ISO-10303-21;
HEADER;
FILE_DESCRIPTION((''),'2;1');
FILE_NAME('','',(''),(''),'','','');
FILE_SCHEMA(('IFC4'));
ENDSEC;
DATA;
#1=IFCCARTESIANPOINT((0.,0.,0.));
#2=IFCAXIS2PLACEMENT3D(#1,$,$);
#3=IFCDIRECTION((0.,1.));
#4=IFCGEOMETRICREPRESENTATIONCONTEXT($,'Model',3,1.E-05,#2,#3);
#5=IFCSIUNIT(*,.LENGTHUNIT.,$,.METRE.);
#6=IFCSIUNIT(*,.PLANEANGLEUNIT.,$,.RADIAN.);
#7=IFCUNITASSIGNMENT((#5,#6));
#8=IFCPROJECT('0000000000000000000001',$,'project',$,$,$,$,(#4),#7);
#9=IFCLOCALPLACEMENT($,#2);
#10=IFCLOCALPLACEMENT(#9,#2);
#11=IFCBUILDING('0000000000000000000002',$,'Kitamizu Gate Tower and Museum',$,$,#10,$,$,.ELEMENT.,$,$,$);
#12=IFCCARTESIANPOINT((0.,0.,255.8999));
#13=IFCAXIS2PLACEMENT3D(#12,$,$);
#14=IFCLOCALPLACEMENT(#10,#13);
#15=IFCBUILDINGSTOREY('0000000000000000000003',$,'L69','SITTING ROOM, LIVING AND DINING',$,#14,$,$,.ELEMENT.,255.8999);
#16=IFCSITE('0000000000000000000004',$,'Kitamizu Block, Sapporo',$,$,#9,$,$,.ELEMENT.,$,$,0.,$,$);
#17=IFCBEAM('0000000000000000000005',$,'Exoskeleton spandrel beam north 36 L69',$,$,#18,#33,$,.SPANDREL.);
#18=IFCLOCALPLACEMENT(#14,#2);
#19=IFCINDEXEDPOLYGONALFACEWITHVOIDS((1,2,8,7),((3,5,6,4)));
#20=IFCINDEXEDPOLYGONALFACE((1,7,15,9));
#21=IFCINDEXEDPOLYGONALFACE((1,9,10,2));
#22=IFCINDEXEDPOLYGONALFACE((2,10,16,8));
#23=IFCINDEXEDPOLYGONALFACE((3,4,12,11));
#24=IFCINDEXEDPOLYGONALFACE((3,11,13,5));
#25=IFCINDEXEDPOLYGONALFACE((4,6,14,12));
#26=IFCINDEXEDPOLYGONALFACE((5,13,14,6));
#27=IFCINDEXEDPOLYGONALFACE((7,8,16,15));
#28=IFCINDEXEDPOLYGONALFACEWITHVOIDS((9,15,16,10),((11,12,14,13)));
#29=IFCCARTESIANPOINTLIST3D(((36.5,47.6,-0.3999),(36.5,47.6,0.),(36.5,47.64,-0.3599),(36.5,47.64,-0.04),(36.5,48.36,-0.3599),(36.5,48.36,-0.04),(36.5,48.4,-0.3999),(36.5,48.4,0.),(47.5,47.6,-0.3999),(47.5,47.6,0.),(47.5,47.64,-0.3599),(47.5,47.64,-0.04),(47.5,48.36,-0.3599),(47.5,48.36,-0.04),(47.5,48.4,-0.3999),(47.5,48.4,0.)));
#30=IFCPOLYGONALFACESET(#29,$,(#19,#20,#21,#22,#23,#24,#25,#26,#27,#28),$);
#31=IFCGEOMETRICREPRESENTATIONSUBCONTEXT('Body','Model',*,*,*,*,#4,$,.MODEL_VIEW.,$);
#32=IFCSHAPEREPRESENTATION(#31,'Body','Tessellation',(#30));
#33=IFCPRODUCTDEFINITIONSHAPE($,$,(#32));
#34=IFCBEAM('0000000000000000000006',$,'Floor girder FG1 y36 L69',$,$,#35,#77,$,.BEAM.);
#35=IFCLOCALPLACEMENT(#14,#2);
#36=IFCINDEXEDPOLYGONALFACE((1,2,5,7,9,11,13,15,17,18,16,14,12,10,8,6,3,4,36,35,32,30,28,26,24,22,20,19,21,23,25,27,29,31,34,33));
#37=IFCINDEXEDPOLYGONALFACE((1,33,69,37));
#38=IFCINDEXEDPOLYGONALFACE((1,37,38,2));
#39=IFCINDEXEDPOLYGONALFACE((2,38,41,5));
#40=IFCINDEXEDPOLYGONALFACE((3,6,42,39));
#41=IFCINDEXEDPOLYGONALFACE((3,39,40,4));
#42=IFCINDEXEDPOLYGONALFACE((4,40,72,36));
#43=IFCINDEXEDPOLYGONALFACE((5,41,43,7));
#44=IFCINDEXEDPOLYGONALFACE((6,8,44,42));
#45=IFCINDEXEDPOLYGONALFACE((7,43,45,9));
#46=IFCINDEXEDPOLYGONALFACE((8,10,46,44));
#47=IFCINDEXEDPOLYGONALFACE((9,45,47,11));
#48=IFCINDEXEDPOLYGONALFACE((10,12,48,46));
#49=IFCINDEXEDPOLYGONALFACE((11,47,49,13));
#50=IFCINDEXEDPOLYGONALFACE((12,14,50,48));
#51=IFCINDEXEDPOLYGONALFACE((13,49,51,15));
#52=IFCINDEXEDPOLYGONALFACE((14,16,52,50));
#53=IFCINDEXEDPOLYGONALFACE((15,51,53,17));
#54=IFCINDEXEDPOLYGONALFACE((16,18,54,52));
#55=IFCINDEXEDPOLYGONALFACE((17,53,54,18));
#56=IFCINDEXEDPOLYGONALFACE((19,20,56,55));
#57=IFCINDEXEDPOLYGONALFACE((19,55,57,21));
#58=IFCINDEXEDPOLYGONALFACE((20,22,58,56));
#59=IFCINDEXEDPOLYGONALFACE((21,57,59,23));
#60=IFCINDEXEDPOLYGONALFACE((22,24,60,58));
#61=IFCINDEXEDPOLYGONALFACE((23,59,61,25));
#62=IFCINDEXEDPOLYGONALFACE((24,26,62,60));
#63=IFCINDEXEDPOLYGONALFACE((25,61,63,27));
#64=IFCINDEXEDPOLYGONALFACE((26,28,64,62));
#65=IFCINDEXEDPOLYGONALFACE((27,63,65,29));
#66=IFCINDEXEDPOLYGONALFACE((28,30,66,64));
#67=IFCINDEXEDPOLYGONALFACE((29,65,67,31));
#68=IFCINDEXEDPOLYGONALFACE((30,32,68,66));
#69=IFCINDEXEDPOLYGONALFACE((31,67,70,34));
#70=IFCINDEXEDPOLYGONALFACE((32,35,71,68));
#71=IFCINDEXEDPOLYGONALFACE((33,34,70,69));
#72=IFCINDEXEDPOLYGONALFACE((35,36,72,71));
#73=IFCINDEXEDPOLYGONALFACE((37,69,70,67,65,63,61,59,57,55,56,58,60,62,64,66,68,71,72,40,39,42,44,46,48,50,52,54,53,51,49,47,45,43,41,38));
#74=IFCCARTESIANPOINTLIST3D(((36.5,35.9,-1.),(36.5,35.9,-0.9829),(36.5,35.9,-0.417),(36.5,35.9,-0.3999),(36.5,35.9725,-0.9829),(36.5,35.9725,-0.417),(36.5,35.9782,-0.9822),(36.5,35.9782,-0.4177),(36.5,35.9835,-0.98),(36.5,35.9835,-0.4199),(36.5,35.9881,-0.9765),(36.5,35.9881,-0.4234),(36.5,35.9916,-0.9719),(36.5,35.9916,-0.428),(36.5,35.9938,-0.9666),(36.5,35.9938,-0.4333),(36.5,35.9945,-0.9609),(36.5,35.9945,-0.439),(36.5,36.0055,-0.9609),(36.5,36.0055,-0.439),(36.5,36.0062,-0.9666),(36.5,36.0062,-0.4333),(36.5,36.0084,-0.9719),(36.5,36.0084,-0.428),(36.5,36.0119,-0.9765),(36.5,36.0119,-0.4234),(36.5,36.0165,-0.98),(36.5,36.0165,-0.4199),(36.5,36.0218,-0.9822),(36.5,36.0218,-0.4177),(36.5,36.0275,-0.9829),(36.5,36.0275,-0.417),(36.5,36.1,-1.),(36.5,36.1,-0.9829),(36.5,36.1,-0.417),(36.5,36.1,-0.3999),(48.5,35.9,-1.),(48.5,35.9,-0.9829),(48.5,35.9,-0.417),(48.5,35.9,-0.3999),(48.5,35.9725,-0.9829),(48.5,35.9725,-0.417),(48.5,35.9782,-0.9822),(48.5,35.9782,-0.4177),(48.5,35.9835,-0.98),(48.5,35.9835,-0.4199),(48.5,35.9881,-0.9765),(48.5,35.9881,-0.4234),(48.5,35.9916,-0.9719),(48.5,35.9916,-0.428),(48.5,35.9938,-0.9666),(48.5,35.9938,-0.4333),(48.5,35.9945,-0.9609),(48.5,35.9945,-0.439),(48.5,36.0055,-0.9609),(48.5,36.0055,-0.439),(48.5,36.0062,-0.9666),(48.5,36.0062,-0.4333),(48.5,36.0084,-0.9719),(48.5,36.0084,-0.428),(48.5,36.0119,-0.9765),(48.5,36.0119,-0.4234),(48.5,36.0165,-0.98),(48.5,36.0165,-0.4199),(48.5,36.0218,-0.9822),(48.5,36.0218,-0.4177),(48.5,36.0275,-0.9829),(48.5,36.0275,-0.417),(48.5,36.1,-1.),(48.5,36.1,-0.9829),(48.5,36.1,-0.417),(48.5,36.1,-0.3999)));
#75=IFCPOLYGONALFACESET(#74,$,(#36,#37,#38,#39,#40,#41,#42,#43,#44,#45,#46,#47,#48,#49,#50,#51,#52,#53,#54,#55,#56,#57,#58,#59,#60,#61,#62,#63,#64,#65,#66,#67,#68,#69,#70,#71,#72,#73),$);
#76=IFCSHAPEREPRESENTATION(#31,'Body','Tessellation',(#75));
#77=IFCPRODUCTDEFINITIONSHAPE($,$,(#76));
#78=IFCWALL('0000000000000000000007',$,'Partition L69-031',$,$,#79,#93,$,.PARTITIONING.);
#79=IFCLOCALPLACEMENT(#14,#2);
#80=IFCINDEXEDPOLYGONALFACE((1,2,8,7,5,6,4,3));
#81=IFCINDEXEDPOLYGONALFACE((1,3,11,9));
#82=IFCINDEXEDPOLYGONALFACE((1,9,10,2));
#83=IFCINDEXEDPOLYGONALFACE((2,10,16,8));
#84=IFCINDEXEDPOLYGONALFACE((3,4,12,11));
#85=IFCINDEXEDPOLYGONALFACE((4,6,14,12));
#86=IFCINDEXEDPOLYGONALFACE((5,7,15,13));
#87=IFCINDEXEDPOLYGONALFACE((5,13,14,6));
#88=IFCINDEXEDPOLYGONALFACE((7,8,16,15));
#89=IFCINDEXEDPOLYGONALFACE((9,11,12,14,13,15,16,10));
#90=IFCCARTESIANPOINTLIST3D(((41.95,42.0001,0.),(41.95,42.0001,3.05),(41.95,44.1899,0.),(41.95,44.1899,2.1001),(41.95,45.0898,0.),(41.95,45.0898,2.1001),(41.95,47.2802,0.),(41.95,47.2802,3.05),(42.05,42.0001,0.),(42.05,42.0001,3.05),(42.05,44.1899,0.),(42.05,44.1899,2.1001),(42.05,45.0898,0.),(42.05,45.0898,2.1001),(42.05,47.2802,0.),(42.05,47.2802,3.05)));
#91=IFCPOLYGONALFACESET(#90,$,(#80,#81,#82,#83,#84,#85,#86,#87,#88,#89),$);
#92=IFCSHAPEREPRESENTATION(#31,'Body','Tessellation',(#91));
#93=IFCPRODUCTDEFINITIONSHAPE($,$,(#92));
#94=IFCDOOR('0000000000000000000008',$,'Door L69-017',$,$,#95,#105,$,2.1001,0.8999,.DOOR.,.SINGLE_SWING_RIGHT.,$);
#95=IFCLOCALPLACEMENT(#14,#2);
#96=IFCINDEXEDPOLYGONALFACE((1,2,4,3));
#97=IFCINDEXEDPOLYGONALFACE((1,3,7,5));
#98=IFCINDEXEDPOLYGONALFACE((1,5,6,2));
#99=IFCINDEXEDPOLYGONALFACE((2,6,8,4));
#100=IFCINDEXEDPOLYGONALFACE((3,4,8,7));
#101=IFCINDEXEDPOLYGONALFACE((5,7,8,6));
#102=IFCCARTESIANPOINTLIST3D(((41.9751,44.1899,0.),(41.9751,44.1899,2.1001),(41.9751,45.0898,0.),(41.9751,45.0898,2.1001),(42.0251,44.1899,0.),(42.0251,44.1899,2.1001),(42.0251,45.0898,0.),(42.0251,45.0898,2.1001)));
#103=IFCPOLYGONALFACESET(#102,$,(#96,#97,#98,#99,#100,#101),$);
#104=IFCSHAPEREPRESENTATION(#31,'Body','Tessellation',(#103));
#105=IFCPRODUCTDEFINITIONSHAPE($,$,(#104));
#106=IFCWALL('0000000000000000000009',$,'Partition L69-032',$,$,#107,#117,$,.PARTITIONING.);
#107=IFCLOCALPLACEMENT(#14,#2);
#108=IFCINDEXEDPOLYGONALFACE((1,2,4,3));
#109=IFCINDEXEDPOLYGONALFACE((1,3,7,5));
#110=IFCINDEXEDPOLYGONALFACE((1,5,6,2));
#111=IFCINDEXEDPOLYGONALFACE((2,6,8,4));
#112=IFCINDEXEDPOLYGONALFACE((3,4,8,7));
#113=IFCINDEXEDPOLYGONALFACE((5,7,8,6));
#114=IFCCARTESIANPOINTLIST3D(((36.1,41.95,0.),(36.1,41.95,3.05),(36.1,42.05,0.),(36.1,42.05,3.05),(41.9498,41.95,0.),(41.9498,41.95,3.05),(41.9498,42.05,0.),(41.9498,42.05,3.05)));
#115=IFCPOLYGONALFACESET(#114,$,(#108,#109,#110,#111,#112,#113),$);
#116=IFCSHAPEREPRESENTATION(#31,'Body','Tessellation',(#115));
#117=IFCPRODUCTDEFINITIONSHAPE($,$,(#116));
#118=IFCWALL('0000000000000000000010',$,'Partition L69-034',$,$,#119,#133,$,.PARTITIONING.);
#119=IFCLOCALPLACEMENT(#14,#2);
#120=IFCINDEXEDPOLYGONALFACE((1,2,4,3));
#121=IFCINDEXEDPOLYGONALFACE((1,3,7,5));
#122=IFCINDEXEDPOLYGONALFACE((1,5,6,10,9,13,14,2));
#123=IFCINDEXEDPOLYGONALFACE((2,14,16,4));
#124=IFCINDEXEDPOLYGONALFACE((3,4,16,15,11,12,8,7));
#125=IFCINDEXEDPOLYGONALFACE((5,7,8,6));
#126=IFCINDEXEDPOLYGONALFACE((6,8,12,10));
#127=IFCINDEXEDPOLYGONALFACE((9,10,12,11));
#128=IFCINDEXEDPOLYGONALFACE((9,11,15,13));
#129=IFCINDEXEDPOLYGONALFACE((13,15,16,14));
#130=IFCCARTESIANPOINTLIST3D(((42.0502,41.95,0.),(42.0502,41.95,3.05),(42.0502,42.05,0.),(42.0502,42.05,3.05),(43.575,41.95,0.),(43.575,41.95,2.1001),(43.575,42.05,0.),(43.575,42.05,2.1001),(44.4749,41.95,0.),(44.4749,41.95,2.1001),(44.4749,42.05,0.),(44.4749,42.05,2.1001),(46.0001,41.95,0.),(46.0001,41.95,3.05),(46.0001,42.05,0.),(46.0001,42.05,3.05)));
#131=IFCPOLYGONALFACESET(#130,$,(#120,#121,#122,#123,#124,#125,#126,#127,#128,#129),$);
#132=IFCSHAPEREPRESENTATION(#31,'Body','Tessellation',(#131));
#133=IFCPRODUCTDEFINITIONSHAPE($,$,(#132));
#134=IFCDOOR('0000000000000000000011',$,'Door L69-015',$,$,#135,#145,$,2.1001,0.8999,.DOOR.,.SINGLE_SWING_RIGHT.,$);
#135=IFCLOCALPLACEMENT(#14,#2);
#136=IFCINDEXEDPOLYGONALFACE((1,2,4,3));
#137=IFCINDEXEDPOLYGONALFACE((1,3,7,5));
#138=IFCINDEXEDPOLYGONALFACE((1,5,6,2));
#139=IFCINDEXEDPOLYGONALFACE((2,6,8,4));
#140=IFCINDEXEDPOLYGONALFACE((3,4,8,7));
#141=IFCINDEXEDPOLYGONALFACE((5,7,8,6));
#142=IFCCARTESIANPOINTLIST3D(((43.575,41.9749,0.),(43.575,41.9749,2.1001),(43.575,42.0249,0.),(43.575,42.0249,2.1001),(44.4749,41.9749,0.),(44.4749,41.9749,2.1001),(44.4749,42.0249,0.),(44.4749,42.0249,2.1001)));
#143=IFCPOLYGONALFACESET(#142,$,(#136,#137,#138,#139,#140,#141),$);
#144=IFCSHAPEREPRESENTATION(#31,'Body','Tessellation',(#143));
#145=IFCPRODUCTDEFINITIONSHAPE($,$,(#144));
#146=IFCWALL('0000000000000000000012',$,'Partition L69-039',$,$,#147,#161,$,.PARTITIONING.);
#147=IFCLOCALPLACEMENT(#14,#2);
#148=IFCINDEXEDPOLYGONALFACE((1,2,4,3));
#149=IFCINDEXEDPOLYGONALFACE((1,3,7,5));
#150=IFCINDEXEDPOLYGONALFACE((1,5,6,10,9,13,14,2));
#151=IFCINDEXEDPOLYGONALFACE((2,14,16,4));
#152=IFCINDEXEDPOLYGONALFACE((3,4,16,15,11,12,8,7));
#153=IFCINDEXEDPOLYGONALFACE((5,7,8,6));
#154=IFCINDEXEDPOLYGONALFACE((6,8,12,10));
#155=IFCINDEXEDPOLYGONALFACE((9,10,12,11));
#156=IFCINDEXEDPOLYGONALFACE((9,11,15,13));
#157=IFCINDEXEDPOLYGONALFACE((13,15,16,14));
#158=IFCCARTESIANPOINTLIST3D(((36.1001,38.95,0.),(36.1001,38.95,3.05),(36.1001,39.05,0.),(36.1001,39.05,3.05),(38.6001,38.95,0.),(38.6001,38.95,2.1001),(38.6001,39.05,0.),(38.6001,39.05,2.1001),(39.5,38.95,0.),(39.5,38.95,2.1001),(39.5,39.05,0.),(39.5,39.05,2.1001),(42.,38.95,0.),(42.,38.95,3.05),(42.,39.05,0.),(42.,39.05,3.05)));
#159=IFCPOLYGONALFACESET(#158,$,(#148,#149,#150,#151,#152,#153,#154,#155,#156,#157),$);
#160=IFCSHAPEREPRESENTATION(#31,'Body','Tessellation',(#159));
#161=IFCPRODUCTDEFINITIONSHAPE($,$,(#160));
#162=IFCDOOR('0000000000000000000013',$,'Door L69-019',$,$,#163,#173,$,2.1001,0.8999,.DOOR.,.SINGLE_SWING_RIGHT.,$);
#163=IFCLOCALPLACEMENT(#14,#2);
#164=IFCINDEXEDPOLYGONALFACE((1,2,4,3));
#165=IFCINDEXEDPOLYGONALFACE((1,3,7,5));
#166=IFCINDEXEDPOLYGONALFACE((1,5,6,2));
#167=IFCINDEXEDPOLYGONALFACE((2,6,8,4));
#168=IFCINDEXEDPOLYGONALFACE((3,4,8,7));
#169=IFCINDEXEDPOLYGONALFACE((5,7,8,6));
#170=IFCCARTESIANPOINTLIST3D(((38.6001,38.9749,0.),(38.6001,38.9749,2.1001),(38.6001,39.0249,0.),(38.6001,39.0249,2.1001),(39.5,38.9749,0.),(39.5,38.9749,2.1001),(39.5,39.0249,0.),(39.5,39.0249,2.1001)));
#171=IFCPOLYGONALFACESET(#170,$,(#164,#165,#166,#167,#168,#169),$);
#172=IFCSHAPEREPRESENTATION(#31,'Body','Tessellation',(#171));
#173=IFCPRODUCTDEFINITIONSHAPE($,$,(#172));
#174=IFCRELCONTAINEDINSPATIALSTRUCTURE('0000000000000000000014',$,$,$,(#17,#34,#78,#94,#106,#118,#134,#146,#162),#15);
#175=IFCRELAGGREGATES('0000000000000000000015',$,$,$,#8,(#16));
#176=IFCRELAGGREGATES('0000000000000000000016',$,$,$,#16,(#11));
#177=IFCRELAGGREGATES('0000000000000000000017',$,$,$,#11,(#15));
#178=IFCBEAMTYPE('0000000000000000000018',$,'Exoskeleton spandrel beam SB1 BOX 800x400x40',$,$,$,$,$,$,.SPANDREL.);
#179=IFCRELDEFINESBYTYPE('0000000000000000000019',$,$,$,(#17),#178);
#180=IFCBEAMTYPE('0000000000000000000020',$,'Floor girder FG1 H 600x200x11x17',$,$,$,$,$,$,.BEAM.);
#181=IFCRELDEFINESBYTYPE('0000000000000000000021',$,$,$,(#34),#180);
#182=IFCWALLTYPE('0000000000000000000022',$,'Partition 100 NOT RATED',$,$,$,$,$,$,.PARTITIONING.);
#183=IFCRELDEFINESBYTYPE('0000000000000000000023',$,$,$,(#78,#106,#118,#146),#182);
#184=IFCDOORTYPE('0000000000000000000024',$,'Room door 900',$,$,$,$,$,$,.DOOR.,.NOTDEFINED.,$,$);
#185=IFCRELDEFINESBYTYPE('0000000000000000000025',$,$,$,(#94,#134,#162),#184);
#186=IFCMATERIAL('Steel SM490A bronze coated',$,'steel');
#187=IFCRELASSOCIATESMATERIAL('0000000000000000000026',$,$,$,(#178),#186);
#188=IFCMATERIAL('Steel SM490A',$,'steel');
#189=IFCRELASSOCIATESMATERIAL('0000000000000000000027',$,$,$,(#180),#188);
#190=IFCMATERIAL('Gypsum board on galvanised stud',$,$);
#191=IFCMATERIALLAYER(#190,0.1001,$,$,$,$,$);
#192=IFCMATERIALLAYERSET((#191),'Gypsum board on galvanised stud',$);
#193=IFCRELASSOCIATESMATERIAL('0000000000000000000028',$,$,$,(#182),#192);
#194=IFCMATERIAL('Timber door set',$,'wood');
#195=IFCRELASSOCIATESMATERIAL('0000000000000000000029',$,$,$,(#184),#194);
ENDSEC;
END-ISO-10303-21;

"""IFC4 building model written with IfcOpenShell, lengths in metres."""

from ifc_helpers import new_model, si_unit, direction, frame, frame_2d, origin, origin_2d, place, context, subcontext, project, spatial, rectangle, hollow_rectangle, i_section, extrude, material, layer, layer_set, material_profile, profile_set, type_object, element, fill, save


model = new_model("IFC4")

# Units and contexts
model_context = context("Model", 3, precision=1e-05, world=origin(), true_north=direction((0.0, 1.0)))
body_context = subcontext(model_context, "Body", "Model", "MODEL_VIEW")
ifc_project = project(units=[si_unit("LENGTHUNIT", "METRE"), si_unit("PLANEANGLEUNIT", "RADIAN")], contexts=[model_context])

# Site, building, storey
site_placement = place(None, origin())
site = spatial("IfcSite", under=ifc_project, at=site_placement, Name="Kitamizu Block, Sapporo", CompositionType="ELEMENT", RefElevation=0.0)
building_placement = place(site_placement, origin())
building = spatial("IfcBuilding", under=site, at=building_placement, Name="Kitamizu Gate Tower and Museum", CompositionType="ELEMENT")
storey_placement = place(building_placement, frame((0.0, 0.0, 255.8999)))
storey = spatial("IfcBuildingStorey", under=building, at=storey_placement, Name="L69", Description="SITTING ROOM, LIVING AND DINING", CompositionType="ELEMENT", Elevation=255.8999)

# Beams
ifc_material_1 = material(Name="Steel SM490A bronze coated", Category="steel")
ifc_material_profile_1 = material_profile(ifc_material_1, hollow_rectangle(XDim=0.8, YDim=0.3999, WallThickness=0.04, at=origin_2d()), Name="BOX 800x400x40")
ifc_profile_set_1 = profile_set([ifc_material_profile_1], Name="Steel SM490A bronze coated")
beam_type_1 = type_object("IfcBeamType", Name="Exoskeleton spandrel beam SB1 BOX 800x400x40", PredefinedType="SPANDREL", material=ifc_profile_set_1)
beam_1_placement = place(storey_placement, frame((36.5, 48.0, -0.2), z_axis=(1.0, 0.0, 0.0), x_axis=(0.0, 1.0, 0.0)))
element("IfcBeam", 1, at=beam_1_placement, inside=storey, type_object=beam_type_1, Name="Exoskeleton spandrel beam north 36 L69", PredefinedType="SPANDREL", context=body_context, shape_type="SweptSolid", body=[
    extrude(hollow_rectangle(XDim=0.8, YDim=0.3999, WallThickness=0.04, at=origin_2d()), origin(), (0.0, 0.0, 1.0), 11.0),
])
ifc_material_2 = material(Name="Steel SM490A", Category="steel")
ifc_material_profile_2 = material_profile(ifc_material_2, i_section(OverallWidth=0.2, OverallDepth=0.6001, WebThickness=0.011, FlangeThickness=0.0171, FilletRadius=0.022, at=origin_2d()), Name="H-600x200x11x17")
ifc_profile_set_2 = profile_set([ifc_material_profile_2], Name="Steel SM490A")
beam_type_2 = type_object("IfcBeamType", Name="Floor girder FG1 H 600x200x11x17", PredefinedType="BEAM", material=ifc_profile_set_2)
beam_2_placement = place(storey_placement, frame((36.5, 36.0, -0.7), z_axis=(1.0, 0.0, 0.0), x_axis=(0.0, 1.0, 0.0)))
element("IfcBeam", 2, at=beam_2_placement, inside=storey, type_object=beam_type_2, Name="Floor girder FG1 y36 L69", PredefinedType="BEAM", context=body_context, shape_type="SweptSolid", body=[
    extrude(i_section(OverallWidth=0.2, OverallDepth=0.6001, WebThickness=0.011, FlangeThickness=0.0171, FilletRadius=0.022, at=origin_2d()), origin(), (0.0, 0.0, 1.0), 12.0),
])

# Wall, opening, door
ifc_material_3 = material(Name="Gypsum board on galvanised stud")
ifc_layer_1 = layer(ifc_material_3, 0.1001)
ifc_layer_set_1 = layer_set([ifc_layer_1], Name="Gypsum board on galvanised stud")
wall_type_1 = type_object("IfcWallType", Name="Partition 100 NOT RATED", PredefinedType="PARTITIONING", material=ifc_layer_set_1)
wall_1_placement = place(storey_placement, frame((42.0, 42.0, 0.0), z_axis=(0.0, 0.0, 1.0), x_axis=(0.0, 1.0, 0.0)))
wall_1 = element("IfcWall", 3, at=wall_1_placement, inside=storey, type_object=wall_type_1, Name="Partition L69-031", PredefinedType="PARTITIONING", context=body_context, shape_type="SweptSolid", body=[
    extrude(rectangle(XDim=5.28, YDim=0.1001, at=frame_2d((2.6401, 0.0))), origin(), (0.0, 0.0, 1.0), 3.05),
])
opening_1_placement = place(wall_1_placement, frame((2.1899, 0.0, 0.0)))
opening_1 = element("IfcOpeningElement", 4, at=opening_1_placement, cuts=wall_1, PredefinedType="OPENING", context=body_context, shape_type="SweptSolid", body=[
    extrude(rectangle(XDim=0.8999, YDim=2.1001, at=frame_2d((0.45, 1.05))), frame((0.0, 0.0601, 0.0), z_axis=(0.0, -1.0, 0.0), x_axis=(1.0, 0.0, 0.0)), (0.0, 0.0, 1.0), 0.1201),
])
ifc_material_4 = material(Name="Timber door set", Category="wood")
door_type = type_object("IfcDoorType", Name="Room door 900", OperationType="NOTDEFINED", PredefinedType="DOOR", material=ifc_material_4)
door_1_placement = place(opening_1_placement, origin())
door_1 = element("IfcDoor", 5, at=door_1_placement, inside=storey, type_object=door_type, Name="Door L69-017", OperationType="SINGLE_SWING_RIGHT", OverallHeight=2.1001, OverallWidth=0.8999, PredefinedType="DOOR", context=body_context, shape_type="SweptSolid", body=[
    extrude(rectangle(XDim=0.8999, YDim=2.1001, at=frame_2d((0.45, 1.05))), frame((0.0, 0.0249, 0.0), z_axis=(0.0, -1.0, 0.0), x_axis=(1.0, 0.0, 0.0)), (0.0, 0.0, 1.0), 0.05),
])
fill(opening_1, door_1)

# Wall
wall_2_placement = place(storey_placement, frame((36.1001, 42.0, 0.0), z_axis=(0.0, 0.0, 1.0), x_axis=(1.0, 0.0, 0.0)))
element("IfcWall", 6, at=wall_2_placement, inside=storey, type_object=wall_type_1, Name="Partition L69-032", PredefinedType="PARTITIONING", context=body_context, shape_type="SweptSolid", body=[
    extrude(rectangle(XDim=5.8499, YDim=0.1001, at=frame_2d((2.9248, 0.0))), origin(), (0.0, 0.0, 1.0), 3.05),
])

# Walls, openings, doors
wall_3_placement = place(storey_placement, frame((42.05, 42.0, 0.0), z_axis=(0.0, 0.0, 1.0), x_axis=(1.0, 0.0, 0.0)))
wall_3 = element("IfcWall", 7, at=wall_3_placement, inside=storey, type_object=wall_type_1, Name="Partition L69-034", PredefinedType="PARTITIONING", context=body_context, shape_type="SweptSolid", body=[
    extrude(rectangle(XDim=3.95, YDim=0.1001, at=frame_2d((1.9751, 0.0))), origin(), (0.0, 0.0, 1.0), 3.05),
])
opening_2_placement = place(wall_3_placement, frame((1.5249, 0.0, 0.0)))
opening_2 = element("IfcOpeningElement", 8, at=opening_2_placement, cuts=wall_3, PredefinedType="OPENING", context=body_context, shape_type="SweptSolid", body=[
    extrude(rectangle(XDim=0.8999, YDim=2.1001, at=frame_2d((0.45, 1.05))), frame((0.0, 0.0601, 0.0), z_axis=(0.0, -1.0, 0.0), x_axis=(1.0, 0.0, 0.0)), (0.0, 0.0, 1.0), 0.1201),
])
door_2_placement = place(opening_2_placement, origin())
door_2 = element("IfcDoor", 9, at=door_2_placement, inside=storey, type_object=door_type, Name="Door L69-015", OperationType="SINGLE_SWING_RIGHT", OverallHeight=2.1001, OverallWidth=0.8999, PredefinedType="DOOR", context=body_context, shape_type="SweptSolid", body=[
    extrude(rectangle(XDim=0.8999, YDim=2.1001, at=frame_2d((0.45, 1.05))), frame((0.0, 0.0249, 0.0), z_axis=(0.0, -1.0, 0.0), x_axis=(1.0, 0.0, 0.0)), (0.0, 0.0, 1.0), 0.05),
])
fill(opening_2, door_2)
wall_4_placement = place(storey_placement, frame((42.0, 39.0, 0.0), z_axis=(0.0, 0.0, 1.0), x_axis=(-1.0, 0.0, 0.0)))
wall_4 = element("IfcWall", 10, at=wall_4_placement, inside=storey, type_object=wall_type_1, Name="Partition L69-039", PredefinedType="PARTITIONING", context=body_context, shape_type="SweptSolid", body=[
    extrude(rectangle(XDim=5.8999, YDim=0.1001, at=frame_2d((2.95, 0.0))), origin(), (0.0, 0.0, 1.0), 3.05),
])
opening_3_placement = place(wall_4_placement, frame((2.5, 0.0, 0.0)))
opening_3 = element("IfcOpeningElement", 11, at=opening_3_placement, cuts=wall_4, PredefinedType="OPENING", context=body_context, shape_type="SweptSolid", body=[
    extrude(rectangle(XDim=0.8999, YDim=2.1001, at=frame_2d((0.45, 1.05))), frame((0.0, 0.0601, 0.0), z_axis=(0.0, -1.0, 0.0), x_axis=(1.0, 0.0, 0.0)), (0.0, 0.0, 1.0), 0.1201),
])
door_3_placement = place(opening_3_placement, frame((0.8999, 0.0, 0.0), x_axis=(-1.0, 0.0, 0.0)))
door_3 = element("IfcDoor", 12, at=door_3_placement, inside=storey, type_object=door_type, Name="Door L69-019", OperationType="SINGLE_SWING_RIGHT", OverallHeight=2.1001, OverallWidth=0.8999, PredefinedType="DOOR", context=body_context, shape_type="SweptSolid", body=[
    extrude(rectangle(XDim=0.8999, YDim=2.1001, at=frame_2d((0.45, 1.05))), frame((0.0, 0.0249, 0.0), z_axis=(0.0, -1.0, 0.0), x_axis=(1.0, 0.0, 0.0)), (0.0, 0.0, 1.0), 0.05),
])
fill(opening_3, door_3)

save(model, "model.ifc")
